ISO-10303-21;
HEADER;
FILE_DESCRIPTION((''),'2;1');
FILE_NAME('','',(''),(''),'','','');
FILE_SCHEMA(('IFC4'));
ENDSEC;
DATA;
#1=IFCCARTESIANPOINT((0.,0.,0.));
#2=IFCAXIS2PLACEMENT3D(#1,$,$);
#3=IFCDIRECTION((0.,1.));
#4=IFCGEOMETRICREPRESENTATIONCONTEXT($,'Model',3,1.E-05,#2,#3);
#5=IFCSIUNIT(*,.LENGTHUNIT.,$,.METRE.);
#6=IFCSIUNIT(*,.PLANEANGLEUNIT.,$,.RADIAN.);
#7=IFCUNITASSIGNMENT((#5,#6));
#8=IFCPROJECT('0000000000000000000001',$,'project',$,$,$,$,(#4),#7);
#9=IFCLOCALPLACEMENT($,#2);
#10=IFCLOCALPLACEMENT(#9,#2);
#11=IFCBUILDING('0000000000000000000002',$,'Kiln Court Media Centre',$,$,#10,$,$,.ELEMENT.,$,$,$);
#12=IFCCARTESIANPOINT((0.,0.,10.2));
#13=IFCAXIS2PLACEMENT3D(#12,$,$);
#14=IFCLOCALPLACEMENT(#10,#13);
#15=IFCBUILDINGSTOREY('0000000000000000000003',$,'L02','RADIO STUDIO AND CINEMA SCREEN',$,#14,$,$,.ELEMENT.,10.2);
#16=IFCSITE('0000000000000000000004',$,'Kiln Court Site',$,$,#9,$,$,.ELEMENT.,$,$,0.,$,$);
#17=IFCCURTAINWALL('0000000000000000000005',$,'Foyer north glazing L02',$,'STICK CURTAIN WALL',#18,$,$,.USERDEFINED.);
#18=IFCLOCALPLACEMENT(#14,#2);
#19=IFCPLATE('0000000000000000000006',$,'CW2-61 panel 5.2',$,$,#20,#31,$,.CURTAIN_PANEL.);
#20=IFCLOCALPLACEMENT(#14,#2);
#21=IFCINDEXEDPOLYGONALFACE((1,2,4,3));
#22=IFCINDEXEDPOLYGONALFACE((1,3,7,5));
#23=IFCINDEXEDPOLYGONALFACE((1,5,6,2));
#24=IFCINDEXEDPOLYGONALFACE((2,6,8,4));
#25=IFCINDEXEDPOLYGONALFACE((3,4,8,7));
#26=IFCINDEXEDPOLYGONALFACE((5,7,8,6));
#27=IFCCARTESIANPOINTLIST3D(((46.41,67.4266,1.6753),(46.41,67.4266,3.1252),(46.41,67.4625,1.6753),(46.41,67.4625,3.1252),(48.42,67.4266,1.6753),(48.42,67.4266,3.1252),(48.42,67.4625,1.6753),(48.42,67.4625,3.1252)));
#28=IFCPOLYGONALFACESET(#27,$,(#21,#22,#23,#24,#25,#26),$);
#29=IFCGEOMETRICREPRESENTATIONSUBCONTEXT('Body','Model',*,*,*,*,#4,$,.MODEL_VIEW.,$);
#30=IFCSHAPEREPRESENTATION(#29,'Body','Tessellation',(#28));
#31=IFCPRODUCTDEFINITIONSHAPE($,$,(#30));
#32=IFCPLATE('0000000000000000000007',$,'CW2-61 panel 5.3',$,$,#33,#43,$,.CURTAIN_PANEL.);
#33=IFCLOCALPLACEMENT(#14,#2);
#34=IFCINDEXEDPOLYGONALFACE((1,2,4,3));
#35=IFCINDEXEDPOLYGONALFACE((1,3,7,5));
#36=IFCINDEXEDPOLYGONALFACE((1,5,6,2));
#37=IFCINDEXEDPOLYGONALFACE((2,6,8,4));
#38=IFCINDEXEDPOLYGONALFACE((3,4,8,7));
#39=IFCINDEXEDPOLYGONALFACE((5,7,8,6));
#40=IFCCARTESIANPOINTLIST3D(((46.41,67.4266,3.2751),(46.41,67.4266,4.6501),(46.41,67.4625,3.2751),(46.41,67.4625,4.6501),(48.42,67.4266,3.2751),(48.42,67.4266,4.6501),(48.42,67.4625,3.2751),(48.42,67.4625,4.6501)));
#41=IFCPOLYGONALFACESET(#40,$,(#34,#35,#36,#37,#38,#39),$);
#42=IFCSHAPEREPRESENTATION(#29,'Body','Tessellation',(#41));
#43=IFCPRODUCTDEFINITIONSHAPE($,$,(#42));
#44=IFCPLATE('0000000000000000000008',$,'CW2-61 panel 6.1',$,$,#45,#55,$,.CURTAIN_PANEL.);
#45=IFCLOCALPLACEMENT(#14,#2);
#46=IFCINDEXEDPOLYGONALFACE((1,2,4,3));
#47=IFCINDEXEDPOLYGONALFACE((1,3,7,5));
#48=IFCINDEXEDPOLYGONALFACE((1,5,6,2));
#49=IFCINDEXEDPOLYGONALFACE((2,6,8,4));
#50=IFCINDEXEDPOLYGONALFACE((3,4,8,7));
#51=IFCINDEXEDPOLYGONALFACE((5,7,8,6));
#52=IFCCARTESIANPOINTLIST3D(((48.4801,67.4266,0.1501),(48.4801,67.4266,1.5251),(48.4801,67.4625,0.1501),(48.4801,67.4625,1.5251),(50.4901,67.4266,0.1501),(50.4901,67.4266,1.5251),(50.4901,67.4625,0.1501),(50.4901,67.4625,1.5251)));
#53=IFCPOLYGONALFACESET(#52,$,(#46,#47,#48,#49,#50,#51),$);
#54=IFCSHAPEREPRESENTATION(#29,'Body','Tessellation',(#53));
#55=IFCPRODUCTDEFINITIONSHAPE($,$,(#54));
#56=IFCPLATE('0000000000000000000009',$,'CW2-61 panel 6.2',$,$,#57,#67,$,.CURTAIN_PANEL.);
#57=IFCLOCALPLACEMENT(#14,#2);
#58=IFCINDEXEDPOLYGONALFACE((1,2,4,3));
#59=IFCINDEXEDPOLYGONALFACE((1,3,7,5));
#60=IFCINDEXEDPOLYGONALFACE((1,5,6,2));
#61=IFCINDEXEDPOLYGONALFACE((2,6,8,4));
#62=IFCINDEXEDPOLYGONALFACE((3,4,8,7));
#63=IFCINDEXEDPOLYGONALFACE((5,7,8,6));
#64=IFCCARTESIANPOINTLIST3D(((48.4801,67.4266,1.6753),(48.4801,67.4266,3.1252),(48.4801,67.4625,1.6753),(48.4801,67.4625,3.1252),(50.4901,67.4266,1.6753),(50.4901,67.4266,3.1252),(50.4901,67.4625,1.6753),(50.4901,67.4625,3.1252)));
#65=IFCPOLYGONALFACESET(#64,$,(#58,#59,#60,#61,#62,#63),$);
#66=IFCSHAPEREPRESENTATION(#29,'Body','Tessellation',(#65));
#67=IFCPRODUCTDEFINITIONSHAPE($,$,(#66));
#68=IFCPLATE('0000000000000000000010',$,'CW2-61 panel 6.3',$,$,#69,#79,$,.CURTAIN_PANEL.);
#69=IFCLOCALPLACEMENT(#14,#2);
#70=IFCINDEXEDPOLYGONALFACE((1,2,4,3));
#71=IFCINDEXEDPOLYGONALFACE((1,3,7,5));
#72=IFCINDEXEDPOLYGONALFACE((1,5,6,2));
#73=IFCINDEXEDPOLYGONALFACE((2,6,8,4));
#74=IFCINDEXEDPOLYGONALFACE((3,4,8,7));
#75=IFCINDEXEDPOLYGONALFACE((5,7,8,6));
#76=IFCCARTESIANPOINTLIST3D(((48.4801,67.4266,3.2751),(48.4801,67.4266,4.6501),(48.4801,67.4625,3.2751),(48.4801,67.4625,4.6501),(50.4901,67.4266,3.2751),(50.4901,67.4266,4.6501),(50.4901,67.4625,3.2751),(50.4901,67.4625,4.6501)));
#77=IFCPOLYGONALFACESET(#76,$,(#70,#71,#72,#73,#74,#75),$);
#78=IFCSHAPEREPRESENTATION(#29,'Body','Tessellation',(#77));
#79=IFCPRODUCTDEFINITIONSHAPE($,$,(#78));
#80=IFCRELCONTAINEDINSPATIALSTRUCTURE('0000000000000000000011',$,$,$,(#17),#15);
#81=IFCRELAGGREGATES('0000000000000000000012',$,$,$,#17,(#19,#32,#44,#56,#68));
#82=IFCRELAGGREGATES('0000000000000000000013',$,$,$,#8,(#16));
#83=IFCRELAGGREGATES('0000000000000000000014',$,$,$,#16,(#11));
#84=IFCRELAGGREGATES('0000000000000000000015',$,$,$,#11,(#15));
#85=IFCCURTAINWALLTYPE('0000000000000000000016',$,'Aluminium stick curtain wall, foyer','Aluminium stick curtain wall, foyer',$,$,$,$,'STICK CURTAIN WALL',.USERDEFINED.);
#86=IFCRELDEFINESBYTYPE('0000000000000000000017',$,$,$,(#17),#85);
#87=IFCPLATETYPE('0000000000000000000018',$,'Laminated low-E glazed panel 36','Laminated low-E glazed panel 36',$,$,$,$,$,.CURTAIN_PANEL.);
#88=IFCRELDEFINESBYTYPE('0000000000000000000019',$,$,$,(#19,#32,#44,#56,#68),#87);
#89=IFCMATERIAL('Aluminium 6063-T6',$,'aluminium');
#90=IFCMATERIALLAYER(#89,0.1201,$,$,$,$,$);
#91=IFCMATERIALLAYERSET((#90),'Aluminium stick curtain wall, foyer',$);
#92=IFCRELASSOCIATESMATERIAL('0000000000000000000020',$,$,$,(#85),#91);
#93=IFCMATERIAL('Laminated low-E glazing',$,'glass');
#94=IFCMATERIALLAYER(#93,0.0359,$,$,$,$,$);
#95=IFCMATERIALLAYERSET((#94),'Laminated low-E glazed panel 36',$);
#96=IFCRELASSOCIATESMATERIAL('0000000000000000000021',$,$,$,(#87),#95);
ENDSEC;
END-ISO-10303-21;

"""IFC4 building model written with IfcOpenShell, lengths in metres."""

from ifc_helpers import new_model, si_unit, direction, frame, origin, origin_2d, place, context, subcontext, project, spatial, rectangle, extrude, material, layer, layer_set, type_object, element, aggregate, save


model = new_model("IFC4")

# Units and contexts
model_context = context("Model", 3, precision=1e-05, world=origin(), true_north=direction((0.0, 1.0)))
body_context = subcontext(model_context, "Body", "Model", "MODEL_VIEW")
ifc_project = project(units=[si_unit("LENGTHUNIT", "METRE"), si_unit("PLANEANGLEUNIT", "RADIAN")], contexts=[model_context])

# Site, building, storey
site_placement = place(None, origin())
site = spatial("IfcSite", under=ifc_project, at=site_placement, Name="Kiln Court Site", CompositionType="ELEMENT", RefElevation=0.0)
building_placement = place(site_placement, origin())
building = spatial("IfcBuilding", under=site, at=building_placement, Name="Kiln Court Media Centre", CompositionType="ELEMENT")
storey_placement = place(building_placement, frame((0.0, 0.0, 10.2)))
storey = spatial("IfcBuildingStorey", under=building, at=storey_placement, Name="L02", Description="RADIO STUDIO AND CINEMA SCREEN", CompositionType="ELEMENT", Elevation=10.2)

# Curtain wall, plates
ifc_material_1 = material(Name="Aluminium 6063-T6", Category="aluminium")
ifc_layer_1 = layer(ifc_material_1, 0.1201)
ifc_layer_set_1 = layer_set([ifc_layer_1], Name="Aluminium stick curtain wall, foyer")
curtain_wall_type = type_object("IfcCurtainWallType", Name="Aluminium stick curtain wall, foyer", Description="Aluminium stick curtain wall, foyer", ElementType="STICK CURTAIN WALL", PredefinedType="USERDEFINED", material=ifc_layer_set_1)
curtain_wall_placement = place(storey_placement, origin())
curtain_wall = element("IfcCurtainWall", 1, at=curtain_wall_placement, inside=storey, type_object=curtain_wall_type, Name="Foyer north glazing L02", ObjectType="STICK CURTAIN WALL", PredefinedType="USERDEFINED")
ifc_material_2 = material(Name="Laminated low-E glazing", Category="glass")
ifc_layer_2 = layer(ifc_material_2, 0.0359)
ifc_layer_set_2 = layer_set([ifc_layer_2], Name="Laminated low-E glazed panel 36")
plate_type = type_object("IfcPlateType", Name="Laminated low-E glazed panel 36", Description="Laminated low-E glazed panel 36", PredefinedType="CURTAIN_PANEL", material=ifc_layer_set_2)
plate_1_placement = place(storey_placement, frame((47.415, 67.4446, 1.6753), z_axis=(0.0, 0.0, 1.0), x_axis=(1.0, 0.0, 0.0)))
plate_1 = element("IfcPlate", 2, at=plate_1_placement, type_object=plate_type, Name="CW2-61 panel 5.2", PredefinedType="CURTAIN_PANEL", context=body_context, shape_type="SweptSolid", body=[
    extrude(rectangle(XDim=2.01, YDim=0.0359, at=origin_2d()), origin(), (0.0, 0.0, 1.0), 1.45),
])
plate_2_placement = place(storey_placement, frame((47.415, 67.4446, 3.2751), z_axis=(0.0, 0.0, 1.0), x_axis=(1.0, 0.0, 0.0)))
plate_2 = element("IfcPlate", 3, at=plate_2_placement, type_object=plate_type, Name="CW2-61 panel 5.3", PredefinedType="CURTAIN_PANEL", context=body_context, shape_type="SweptSolid", body=[
    extrude(rectangle(XDim=2.01, YDim=0.0359, at=origin_2d()), origin(), (0.0, 0.0, 1.0), 1.375),
])
plate_3_placement = place(storey_placement, frame((49.4851, 67.4446, 0.1501), z_axis=(0.0, 0.0, 1.0), x_axis=(1.0, 0.0, 0.0)))
plate_3 = element("IfcPlate", 4, at=plate_3_placement, type_object=plate_type, Name="CW2-61 panel 6.1", PredefinedType="CURTAIN_PANEL", context=body_context, shape_type="SweptSolid", body=[
    extrude(rectangle(XDim=2.01, YDim=0.0359, at=origin_2d()), origin(), (0.0, 0.0, 1.0), 1.375),
])
plate_4_placement = place(storey_placement, frame((49.4851, 67.4446, 1.6753), z_axis=(0.0, 0.0, 1.0), x_axis=(1.0, 0.0, 0.0)))
plate_4 = element("IfcPlate", 5, at=plate_4_placement, type_object=plate_type, Name="CW2-61 panel 6.2", PredefinedType="CURTAIN_PANEL", context=body_context, shape_type="SweptSolid", body=[
    extrude(rectangle(XDim=2.01, YDim=0.0359, at=origin_2d()), origin(), (0.0, 0.0, 1.0), 1.45),
])
plate_5_placement = place(storey_placement, frame((49.4851, 67.4446, 3.2751), z_axis=(0.0, 0.0, 1.0), x_axis=(1.0, 0.0, 0.0)))
plate_5 = element("IfcPlate", 6, at=plate_5_placement, type_object=plate_type, Name="CW2-61 panel 6.3", PredefinedType="CURTAIN_PANEL", context=body_context, shape_type="SweptSolid", body=[
    extrude(rectangle(XDim=2.01, YDim=0.0359, at=origin_2d()), origin(), (0.0, 0.0, 1.0), 1.375),
])
aggregate(curtain_wall, [plate_1, plate_2, plate_3, plate_4, plate_5])

save(model, "model.ifc")
